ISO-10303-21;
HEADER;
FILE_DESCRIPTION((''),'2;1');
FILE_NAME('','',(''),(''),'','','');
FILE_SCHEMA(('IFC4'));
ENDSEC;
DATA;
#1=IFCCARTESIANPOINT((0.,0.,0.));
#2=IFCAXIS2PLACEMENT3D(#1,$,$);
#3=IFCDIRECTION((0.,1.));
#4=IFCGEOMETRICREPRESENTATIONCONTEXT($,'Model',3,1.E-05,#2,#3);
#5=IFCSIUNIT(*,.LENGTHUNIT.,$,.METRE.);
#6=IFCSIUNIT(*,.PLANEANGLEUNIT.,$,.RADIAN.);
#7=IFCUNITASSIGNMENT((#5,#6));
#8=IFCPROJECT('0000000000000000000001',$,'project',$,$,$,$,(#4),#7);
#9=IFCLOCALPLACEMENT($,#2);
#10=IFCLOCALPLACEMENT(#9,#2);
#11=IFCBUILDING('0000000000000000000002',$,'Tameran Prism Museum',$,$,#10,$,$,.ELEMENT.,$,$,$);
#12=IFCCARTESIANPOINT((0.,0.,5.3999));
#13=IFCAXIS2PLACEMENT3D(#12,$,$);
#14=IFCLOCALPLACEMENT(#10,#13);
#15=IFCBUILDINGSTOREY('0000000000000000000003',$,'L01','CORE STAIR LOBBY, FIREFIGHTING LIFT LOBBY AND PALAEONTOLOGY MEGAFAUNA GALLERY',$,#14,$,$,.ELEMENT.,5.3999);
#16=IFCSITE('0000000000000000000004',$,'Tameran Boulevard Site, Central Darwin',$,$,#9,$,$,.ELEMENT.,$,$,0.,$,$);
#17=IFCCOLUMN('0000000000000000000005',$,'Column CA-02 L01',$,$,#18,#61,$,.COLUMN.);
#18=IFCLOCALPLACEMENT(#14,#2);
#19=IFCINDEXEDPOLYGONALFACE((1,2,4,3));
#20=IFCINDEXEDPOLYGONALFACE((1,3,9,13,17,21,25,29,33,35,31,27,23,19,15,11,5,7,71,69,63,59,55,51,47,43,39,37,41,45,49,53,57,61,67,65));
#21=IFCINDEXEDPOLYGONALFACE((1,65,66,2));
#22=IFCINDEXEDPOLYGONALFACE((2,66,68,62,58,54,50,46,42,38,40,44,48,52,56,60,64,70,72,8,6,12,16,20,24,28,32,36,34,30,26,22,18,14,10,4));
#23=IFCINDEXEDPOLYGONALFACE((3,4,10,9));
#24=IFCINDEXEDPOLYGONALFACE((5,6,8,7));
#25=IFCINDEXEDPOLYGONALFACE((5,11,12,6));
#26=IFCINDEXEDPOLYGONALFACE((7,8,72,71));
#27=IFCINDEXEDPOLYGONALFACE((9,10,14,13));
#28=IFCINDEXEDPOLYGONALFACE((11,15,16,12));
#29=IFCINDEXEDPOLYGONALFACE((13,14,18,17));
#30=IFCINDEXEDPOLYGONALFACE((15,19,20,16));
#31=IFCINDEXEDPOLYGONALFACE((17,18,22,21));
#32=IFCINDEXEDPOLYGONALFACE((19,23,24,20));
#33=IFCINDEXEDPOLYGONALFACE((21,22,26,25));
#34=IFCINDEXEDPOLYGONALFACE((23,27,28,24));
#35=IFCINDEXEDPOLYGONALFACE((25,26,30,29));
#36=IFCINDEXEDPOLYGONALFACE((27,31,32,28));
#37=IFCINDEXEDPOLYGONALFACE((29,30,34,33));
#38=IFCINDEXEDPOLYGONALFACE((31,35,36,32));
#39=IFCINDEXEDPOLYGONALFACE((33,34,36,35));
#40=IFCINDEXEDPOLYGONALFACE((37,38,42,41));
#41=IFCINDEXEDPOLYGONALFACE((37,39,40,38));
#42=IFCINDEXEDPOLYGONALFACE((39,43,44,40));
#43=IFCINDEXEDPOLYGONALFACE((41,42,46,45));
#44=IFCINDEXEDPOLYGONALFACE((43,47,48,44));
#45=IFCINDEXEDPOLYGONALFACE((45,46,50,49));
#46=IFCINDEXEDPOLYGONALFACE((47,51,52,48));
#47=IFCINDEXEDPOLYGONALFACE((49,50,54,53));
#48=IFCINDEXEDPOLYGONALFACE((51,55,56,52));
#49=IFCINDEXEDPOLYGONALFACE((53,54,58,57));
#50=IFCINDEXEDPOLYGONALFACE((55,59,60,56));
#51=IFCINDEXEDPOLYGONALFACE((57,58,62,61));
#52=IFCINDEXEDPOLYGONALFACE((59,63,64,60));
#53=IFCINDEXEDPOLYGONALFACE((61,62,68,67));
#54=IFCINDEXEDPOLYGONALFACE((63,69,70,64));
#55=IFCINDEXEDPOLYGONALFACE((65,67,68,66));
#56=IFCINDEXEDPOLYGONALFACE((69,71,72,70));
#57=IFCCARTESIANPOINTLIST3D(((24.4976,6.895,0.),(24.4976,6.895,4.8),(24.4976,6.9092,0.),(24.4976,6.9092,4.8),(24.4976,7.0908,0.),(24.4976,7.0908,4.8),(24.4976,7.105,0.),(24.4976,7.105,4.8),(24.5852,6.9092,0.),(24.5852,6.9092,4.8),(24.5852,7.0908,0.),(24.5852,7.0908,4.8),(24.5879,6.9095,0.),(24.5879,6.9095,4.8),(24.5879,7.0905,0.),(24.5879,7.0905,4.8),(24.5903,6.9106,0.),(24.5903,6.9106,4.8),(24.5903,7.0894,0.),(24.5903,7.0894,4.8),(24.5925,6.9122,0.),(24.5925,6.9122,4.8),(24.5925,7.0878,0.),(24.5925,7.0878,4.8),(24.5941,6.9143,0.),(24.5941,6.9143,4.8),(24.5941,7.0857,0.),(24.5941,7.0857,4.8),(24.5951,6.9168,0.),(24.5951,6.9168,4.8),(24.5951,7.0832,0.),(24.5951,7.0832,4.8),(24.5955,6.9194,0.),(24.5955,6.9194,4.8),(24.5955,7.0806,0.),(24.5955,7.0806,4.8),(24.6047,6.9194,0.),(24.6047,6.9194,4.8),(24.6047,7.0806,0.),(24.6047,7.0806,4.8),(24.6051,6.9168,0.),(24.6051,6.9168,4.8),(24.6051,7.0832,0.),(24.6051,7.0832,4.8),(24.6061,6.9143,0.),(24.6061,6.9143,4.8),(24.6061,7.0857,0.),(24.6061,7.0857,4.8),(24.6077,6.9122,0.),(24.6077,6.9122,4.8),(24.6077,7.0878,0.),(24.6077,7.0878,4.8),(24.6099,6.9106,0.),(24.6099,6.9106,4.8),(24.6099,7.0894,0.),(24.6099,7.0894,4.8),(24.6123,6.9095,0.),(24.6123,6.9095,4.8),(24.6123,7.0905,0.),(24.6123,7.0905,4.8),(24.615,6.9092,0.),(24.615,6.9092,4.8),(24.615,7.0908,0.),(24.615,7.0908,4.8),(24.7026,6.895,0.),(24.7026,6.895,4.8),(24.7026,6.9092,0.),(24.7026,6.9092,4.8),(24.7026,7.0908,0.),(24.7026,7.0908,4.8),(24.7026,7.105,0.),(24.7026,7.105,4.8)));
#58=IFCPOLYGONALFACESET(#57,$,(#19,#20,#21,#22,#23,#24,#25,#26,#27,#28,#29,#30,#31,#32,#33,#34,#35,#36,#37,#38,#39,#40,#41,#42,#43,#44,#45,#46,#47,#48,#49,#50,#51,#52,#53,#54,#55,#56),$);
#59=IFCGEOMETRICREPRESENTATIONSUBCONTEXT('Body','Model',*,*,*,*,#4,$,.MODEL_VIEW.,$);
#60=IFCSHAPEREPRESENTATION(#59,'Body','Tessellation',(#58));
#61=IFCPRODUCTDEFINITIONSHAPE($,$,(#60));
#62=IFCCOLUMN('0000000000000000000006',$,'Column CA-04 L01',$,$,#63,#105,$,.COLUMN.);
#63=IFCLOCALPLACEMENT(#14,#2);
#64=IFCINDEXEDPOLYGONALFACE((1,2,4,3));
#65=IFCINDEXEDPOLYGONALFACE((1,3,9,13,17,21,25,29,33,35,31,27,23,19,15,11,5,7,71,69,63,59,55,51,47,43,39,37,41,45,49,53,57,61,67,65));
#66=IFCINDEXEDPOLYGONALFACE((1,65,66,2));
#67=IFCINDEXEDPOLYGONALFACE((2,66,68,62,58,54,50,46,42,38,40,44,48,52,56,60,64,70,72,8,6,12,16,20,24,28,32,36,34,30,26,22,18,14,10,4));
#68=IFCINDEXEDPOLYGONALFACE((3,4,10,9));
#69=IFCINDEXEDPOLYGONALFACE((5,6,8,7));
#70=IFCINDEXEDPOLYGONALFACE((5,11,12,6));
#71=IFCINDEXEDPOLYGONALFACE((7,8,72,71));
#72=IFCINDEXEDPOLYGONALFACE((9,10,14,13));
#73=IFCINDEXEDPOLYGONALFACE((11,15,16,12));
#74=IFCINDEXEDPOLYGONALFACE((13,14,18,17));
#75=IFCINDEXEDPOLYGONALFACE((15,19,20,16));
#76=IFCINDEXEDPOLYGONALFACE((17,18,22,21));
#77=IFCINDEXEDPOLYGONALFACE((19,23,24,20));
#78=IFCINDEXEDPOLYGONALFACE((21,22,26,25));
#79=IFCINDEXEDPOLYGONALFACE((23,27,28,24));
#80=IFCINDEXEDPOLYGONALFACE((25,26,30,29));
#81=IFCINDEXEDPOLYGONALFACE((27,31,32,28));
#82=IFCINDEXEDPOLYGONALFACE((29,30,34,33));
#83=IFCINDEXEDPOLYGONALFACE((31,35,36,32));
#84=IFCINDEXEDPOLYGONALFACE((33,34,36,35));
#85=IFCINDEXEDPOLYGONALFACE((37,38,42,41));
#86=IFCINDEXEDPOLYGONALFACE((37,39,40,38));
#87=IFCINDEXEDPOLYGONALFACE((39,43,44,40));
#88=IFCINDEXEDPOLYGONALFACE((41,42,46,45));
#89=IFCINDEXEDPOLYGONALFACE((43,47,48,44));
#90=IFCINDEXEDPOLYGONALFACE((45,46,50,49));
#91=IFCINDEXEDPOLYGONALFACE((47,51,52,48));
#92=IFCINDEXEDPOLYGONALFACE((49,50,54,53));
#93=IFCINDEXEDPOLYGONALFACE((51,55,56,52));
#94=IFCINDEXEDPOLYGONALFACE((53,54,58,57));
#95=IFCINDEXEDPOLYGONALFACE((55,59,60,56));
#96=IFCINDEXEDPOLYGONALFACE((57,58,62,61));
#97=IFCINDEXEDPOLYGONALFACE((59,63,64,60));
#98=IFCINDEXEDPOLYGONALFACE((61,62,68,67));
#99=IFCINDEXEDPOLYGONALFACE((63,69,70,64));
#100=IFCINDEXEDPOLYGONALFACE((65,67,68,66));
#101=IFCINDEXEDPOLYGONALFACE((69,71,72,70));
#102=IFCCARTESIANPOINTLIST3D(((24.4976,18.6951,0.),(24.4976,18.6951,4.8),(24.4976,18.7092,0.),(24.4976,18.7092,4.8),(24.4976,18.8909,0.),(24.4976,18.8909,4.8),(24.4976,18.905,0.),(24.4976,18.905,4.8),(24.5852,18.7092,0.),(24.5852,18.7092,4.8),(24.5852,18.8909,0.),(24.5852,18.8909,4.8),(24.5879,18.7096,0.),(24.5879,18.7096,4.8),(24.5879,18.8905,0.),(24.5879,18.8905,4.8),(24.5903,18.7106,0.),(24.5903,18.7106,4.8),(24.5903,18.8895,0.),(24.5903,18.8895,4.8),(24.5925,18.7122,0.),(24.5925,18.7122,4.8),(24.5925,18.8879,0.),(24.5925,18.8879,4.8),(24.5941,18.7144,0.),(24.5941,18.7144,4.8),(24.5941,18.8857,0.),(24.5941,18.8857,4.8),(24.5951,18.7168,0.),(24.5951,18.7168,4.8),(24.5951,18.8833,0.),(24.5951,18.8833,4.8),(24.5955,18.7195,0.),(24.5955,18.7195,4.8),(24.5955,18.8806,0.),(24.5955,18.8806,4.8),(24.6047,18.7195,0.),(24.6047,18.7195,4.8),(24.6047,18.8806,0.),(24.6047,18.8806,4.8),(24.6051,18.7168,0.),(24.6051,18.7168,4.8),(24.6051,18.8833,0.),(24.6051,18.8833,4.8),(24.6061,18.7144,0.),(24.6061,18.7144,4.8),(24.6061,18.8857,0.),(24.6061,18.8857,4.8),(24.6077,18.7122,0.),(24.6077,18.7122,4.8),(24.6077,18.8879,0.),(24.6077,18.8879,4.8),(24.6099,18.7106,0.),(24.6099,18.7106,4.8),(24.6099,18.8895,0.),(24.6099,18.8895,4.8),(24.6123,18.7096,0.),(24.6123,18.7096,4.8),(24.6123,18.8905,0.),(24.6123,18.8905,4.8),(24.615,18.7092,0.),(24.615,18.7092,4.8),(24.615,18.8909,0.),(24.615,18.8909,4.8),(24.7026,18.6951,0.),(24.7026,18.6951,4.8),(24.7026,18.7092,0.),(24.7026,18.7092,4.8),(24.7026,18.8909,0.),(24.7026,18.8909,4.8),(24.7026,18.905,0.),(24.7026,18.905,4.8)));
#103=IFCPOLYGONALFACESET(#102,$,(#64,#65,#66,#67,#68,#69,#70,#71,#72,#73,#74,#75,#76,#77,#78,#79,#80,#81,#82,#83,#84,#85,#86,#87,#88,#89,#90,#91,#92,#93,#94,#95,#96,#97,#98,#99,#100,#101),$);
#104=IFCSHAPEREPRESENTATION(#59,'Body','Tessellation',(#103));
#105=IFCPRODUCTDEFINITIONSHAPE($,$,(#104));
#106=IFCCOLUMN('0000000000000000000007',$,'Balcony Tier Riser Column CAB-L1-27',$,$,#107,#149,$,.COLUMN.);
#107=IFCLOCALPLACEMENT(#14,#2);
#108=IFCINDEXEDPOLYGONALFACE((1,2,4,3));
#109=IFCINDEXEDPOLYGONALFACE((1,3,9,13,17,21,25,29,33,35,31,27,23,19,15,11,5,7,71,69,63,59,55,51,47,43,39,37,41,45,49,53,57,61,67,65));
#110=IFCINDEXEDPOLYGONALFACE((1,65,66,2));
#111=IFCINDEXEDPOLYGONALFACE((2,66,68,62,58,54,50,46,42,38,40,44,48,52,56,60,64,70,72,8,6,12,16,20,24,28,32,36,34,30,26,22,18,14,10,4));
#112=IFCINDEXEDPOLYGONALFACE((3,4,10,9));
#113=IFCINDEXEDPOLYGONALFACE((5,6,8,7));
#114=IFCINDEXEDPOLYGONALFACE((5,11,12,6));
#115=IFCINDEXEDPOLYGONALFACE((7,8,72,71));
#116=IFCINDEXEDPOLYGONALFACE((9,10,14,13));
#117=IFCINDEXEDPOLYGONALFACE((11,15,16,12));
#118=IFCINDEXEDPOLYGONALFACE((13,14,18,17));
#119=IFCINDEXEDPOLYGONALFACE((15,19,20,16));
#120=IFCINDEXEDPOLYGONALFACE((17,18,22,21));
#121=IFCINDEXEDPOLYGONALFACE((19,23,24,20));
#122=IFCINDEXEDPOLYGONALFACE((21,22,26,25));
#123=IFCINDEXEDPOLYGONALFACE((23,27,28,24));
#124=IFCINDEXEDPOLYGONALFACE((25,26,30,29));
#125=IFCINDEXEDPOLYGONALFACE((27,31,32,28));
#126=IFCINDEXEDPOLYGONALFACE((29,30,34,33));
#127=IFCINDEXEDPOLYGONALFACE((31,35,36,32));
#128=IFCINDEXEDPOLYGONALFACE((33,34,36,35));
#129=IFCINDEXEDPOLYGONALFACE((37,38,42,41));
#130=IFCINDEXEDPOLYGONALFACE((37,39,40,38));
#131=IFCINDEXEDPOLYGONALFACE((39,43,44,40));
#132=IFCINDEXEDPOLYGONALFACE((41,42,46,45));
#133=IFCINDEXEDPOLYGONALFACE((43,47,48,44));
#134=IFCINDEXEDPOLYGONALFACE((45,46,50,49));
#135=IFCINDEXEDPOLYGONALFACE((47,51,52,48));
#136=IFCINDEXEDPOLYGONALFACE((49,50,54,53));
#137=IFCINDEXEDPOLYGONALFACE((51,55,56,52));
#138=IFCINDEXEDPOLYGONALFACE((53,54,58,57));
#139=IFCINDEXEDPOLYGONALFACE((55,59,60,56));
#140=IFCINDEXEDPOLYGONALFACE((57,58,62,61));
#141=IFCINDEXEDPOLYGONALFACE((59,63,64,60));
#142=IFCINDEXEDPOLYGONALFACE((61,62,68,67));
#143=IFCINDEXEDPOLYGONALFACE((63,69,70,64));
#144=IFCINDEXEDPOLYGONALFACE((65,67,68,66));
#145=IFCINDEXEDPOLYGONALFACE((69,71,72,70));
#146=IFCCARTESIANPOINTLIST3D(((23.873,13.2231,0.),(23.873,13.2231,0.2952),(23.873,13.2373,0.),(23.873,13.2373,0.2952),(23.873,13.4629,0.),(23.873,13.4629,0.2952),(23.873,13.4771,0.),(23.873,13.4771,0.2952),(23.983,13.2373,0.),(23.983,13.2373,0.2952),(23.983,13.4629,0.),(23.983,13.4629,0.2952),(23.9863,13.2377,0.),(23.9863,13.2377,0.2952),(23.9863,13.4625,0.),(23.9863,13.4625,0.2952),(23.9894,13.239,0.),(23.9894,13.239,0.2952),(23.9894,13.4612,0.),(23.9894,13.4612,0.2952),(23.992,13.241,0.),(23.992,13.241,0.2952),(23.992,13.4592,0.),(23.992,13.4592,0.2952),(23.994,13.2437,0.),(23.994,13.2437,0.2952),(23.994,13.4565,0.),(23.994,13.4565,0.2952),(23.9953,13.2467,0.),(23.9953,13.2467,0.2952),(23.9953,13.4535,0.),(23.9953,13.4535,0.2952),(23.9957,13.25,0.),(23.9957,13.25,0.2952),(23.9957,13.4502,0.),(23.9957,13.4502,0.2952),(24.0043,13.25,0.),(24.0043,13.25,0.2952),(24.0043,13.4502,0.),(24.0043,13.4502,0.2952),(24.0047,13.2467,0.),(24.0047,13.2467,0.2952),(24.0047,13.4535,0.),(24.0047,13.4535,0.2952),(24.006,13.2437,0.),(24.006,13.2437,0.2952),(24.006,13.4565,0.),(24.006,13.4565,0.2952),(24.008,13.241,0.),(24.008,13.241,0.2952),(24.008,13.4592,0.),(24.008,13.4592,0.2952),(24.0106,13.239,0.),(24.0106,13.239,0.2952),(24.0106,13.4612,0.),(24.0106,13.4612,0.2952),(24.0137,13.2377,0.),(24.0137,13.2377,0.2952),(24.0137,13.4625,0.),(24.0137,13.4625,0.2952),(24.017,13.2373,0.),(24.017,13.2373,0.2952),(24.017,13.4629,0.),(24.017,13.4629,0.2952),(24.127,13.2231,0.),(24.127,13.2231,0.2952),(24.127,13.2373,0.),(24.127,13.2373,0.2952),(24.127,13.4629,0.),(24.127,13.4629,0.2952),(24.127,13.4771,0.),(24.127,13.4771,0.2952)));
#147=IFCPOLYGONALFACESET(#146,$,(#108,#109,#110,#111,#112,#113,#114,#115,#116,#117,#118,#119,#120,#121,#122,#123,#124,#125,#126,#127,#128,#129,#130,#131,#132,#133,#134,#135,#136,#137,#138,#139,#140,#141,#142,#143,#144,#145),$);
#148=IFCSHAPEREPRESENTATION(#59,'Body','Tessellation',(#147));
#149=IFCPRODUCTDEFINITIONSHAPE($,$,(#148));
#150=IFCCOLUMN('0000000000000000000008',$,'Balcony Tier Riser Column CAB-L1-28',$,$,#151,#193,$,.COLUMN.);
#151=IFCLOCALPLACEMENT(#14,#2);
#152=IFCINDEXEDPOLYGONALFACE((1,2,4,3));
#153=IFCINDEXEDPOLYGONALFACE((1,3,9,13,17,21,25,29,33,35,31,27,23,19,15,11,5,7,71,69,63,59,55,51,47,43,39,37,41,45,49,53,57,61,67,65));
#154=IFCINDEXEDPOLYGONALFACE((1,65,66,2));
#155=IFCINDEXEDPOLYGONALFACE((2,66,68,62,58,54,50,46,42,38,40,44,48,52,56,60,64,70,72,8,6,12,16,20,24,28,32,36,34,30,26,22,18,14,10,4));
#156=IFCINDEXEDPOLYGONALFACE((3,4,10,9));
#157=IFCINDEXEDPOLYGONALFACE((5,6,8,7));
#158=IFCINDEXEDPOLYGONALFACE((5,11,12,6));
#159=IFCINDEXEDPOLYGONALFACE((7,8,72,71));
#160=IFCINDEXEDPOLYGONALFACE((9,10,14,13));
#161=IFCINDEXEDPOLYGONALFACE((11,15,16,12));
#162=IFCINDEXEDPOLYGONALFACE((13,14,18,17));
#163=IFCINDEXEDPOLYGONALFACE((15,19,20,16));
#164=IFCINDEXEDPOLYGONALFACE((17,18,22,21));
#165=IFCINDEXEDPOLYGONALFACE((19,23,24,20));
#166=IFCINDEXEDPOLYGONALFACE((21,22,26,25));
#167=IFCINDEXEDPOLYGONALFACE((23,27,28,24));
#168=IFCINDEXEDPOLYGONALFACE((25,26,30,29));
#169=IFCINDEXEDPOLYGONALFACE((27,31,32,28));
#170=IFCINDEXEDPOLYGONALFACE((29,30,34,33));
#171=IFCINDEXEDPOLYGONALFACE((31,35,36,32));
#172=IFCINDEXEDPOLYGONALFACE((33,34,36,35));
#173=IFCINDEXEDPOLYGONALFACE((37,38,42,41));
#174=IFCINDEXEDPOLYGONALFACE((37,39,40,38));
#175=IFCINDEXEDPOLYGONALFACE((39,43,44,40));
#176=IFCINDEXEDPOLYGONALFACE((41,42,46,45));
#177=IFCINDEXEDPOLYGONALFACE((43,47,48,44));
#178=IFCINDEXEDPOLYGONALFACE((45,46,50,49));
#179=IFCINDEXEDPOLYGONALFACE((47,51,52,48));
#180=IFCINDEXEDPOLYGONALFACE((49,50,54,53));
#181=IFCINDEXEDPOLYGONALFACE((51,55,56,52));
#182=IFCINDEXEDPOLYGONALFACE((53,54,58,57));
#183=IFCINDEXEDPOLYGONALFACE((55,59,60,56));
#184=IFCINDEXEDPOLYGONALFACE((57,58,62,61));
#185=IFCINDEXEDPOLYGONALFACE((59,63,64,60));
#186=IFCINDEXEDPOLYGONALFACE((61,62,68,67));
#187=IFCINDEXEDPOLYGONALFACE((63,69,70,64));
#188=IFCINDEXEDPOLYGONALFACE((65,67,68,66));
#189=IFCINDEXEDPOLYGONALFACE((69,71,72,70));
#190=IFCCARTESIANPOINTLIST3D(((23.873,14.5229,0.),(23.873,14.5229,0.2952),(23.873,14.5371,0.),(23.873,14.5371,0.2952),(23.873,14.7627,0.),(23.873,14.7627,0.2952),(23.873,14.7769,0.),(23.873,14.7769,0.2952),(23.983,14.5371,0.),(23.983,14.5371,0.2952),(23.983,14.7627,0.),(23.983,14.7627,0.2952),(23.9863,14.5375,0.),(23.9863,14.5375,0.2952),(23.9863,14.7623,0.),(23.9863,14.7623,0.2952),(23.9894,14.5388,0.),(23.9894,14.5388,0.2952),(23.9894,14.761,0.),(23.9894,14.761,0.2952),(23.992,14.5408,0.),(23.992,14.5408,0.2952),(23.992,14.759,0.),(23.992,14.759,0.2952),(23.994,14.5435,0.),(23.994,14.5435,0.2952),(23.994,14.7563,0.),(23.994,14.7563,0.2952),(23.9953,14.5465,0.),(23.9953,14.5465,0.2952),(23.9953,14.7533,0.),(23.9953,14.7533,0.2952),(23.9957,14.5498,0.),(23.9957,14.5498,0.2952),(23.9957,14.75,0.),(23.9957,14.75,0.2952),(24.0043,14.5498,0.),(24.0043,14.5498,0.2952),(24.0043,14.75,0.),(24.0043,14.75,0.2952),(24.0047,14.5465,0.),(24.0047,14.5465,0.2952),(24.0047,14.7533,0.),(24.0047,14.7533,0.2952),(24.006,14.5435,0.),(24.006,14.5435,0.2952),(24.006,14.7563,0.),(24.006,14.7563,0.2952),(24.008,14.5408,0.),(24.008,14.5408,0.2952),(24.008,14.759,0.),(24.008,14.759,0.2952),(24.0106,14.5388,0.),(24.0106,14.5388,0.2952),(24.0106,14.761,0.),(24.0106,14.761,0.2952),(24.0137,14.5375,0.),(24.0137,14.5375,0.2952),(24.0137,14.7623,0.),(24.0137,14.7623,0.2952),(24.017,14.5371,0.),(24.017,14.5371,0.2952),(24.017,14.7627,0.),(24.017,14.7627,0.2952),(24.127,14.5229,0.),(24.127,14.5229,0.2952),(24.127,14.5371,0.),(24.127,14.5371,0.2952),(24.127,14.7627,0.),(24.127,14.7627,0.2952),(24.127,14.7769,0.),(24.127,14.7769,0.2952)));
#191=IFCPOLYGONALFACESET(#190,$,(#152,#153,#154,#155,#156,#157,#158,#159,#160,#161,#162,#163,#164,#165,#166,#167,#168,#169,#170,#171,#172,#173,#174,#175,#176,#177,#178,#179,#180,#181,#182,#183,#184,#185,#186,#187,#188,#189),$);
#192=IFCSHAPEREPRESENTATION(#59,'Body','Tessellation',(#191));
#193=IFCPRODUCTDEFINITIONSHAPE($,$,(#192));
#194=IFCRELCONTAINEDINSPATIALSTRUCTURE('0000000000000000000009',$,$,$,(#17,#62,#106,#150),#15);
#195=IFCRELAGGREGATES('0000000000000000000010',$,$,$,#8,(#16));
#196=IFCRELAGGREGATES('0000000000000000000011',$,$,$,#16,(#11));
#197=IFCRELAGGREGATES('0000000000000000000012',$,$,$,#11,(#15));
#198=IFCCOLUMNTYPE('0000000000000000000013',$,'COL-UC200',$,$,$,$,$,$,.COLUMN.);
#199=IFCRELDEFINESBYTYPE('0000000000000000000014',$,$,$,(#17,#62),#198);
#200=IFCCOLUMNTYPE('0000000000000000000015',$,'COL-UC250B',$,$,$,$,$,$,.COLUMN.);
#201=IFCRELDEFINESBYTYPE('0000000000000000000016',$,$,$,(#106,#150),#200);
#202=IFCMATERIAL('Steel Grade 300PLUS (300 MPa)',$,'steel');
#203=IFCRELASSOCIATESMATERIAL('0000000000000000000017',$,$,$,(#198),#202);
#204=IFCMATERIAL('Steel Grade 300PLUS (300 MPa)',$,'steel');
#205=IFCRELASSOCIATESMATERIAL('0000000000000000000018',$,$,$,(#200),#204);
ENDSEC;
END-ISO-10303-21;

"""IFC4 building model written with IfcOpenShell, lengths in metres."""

from ifc_helpers import new_model, si_unit, direction, frame, origin, origin_2d, place, context, subcontext, project, spatial, i_section, extrude, material, material_profile, profile_set, type_object, element, save


model = new_model("IFC4")

# Units and contexts
model_context = context("Model", 3, precision=1e-05, world=origin(), true_north=direction((0.0, 1.0)))
body_context = subcontext(model_context, "Body", "Model", "MODEL_VIEW")
ifc_project = project(units=[si_unit("LENGTHUNIT", "METRE"), si_unit("PLANEANGLEUNIT", "RADIAN")], contexts=[model_context])

# Site, building, storey
site_placement = place(None, origin())
site = spatial("IfcSite", under=ifc_project, at=site_placement, Name="Tameran Boulevard Site, Central Darwin", CompositionType="ELEMENT", RefElevation=0.0)
building_placement = place(site_placement, origin())
building = spatial("IfcBuilding", under=site, at=building_placement, Name="Tameran Prism Museum", CompositionType="ELEMENT")
storey_placement = place(building_placement, frame((0.0, 0.0, 5.3999)))
storey = spatial("IfcBuildingStorey", under=building, at=storey_placement, Name="L01", Description="CORE STAIR LOBBY, FIREFIGHTING LIFT LOBBY AND PALAEONTOLOGY MEGAFAUNA GALLERY", CompositionType="ELEMENT", Elevation=5.3999)

# Columns
ifc_material_1 = material(Name="Steel Grade 300PLUS (300 MPa)", Category="steel")
ifc_material_profile_1 = material_profile(ifc_material_1, i_section(OverallWidth=0.2051, OverallDepth=0.21, WebThickness=0.0093, FlangeThickness=0.0142, FilletRadius=0.0103, at=origin_2d()))
ifc_profile_set_1 = profile_set([ifc_material_profile_1])
column_type_1 = type_object("IfcColumnType", Name="COL-UC200", PredefinedType="COLUMN", material=ifc_profile_set_1)
for number, where, z_axis, x_axis, name in (
    (1, (24.6001, 7.0, 0.0), (0.0, 0.0, 1.0), (1.0, 0.0, 0.0), "Column CA-02 L01"),
    (2, (24.6001, 18.8, 0.0), (0.0, 0.0, 1.0), (1.0, 0.0, 0.0), "Column CA-04 L01"),
):
    element("IfcColumn", number, at=place(storey_placement, frame(where, z_axis=z_axis, x_axis=x_axis)), inside=storey, type_object=column_type_1, Name=name, PredefinedType="COLUMN", context=body_context, shape_type="SweptSolid", body=[
        extrude(i_section(OverallWidth=0.2051, OverallDepth=0.21, WebThickness=0.0093, FlangeThickness=0.0142, FilletRadius=0.0103, at=origin_2d()), origin(), (0.0, 0.0, 1.0), 4.8),
    ])
ifc_material_2 = material(Name="Steel Grade 300PLUS (300 MPa)", Category="steel")
ifc_material_profile_2 = material_profile(ifc_material_2, i_section(OverallWidth=0.2539, OverallDepth=0.2539, WebThickness=0.0085, FlangeThickness=0.0142, FilletRadius=0.0127, at=origin_2d()))
ifc_profile_set_2 = profile_set([ifc_material_profile_2])
column_type_2 = type_object("IfcColumnType", Name="COL-UC250B", PredefinedType="COLUMN", material=ifc_profile_set_2)
for number, where, z_axis, x_axis, name in (
    (3, (24.0, 13.3501, 0.0), (0.0, 0.0, 1.0), (1.0, 0.0, 0.0), "Balcony Tier Riser Column CAB-L1-27"),
    (4, (24.0, 14.6499, 0.0), (0.0, 0.0, 1.0), (1.0, 0.0, 0.0), "Balcony Tier Riser Column CAB-L1-28"),
):
    element("IfcColumn", number, at=place(storey_placement, frame(where, z_axis=z_axis, x_axis=x_axis)), inside=storey, type_object=column_type_2, Name=name, PredefinedType="COLUMN", context=body_context, shape_type="SweptSolid", body=[
        extrude(i_section(OverallWidth=0.2539, OverallDepth=0.2539, WebThickness=0.0085, FlangeThickness=0.0142, FilletRadius=0.0127, at=origin_2d()), origin(), (0.0, 0.0, 1.0), 0.2952),
    ])

save(model, "model.ifc")
